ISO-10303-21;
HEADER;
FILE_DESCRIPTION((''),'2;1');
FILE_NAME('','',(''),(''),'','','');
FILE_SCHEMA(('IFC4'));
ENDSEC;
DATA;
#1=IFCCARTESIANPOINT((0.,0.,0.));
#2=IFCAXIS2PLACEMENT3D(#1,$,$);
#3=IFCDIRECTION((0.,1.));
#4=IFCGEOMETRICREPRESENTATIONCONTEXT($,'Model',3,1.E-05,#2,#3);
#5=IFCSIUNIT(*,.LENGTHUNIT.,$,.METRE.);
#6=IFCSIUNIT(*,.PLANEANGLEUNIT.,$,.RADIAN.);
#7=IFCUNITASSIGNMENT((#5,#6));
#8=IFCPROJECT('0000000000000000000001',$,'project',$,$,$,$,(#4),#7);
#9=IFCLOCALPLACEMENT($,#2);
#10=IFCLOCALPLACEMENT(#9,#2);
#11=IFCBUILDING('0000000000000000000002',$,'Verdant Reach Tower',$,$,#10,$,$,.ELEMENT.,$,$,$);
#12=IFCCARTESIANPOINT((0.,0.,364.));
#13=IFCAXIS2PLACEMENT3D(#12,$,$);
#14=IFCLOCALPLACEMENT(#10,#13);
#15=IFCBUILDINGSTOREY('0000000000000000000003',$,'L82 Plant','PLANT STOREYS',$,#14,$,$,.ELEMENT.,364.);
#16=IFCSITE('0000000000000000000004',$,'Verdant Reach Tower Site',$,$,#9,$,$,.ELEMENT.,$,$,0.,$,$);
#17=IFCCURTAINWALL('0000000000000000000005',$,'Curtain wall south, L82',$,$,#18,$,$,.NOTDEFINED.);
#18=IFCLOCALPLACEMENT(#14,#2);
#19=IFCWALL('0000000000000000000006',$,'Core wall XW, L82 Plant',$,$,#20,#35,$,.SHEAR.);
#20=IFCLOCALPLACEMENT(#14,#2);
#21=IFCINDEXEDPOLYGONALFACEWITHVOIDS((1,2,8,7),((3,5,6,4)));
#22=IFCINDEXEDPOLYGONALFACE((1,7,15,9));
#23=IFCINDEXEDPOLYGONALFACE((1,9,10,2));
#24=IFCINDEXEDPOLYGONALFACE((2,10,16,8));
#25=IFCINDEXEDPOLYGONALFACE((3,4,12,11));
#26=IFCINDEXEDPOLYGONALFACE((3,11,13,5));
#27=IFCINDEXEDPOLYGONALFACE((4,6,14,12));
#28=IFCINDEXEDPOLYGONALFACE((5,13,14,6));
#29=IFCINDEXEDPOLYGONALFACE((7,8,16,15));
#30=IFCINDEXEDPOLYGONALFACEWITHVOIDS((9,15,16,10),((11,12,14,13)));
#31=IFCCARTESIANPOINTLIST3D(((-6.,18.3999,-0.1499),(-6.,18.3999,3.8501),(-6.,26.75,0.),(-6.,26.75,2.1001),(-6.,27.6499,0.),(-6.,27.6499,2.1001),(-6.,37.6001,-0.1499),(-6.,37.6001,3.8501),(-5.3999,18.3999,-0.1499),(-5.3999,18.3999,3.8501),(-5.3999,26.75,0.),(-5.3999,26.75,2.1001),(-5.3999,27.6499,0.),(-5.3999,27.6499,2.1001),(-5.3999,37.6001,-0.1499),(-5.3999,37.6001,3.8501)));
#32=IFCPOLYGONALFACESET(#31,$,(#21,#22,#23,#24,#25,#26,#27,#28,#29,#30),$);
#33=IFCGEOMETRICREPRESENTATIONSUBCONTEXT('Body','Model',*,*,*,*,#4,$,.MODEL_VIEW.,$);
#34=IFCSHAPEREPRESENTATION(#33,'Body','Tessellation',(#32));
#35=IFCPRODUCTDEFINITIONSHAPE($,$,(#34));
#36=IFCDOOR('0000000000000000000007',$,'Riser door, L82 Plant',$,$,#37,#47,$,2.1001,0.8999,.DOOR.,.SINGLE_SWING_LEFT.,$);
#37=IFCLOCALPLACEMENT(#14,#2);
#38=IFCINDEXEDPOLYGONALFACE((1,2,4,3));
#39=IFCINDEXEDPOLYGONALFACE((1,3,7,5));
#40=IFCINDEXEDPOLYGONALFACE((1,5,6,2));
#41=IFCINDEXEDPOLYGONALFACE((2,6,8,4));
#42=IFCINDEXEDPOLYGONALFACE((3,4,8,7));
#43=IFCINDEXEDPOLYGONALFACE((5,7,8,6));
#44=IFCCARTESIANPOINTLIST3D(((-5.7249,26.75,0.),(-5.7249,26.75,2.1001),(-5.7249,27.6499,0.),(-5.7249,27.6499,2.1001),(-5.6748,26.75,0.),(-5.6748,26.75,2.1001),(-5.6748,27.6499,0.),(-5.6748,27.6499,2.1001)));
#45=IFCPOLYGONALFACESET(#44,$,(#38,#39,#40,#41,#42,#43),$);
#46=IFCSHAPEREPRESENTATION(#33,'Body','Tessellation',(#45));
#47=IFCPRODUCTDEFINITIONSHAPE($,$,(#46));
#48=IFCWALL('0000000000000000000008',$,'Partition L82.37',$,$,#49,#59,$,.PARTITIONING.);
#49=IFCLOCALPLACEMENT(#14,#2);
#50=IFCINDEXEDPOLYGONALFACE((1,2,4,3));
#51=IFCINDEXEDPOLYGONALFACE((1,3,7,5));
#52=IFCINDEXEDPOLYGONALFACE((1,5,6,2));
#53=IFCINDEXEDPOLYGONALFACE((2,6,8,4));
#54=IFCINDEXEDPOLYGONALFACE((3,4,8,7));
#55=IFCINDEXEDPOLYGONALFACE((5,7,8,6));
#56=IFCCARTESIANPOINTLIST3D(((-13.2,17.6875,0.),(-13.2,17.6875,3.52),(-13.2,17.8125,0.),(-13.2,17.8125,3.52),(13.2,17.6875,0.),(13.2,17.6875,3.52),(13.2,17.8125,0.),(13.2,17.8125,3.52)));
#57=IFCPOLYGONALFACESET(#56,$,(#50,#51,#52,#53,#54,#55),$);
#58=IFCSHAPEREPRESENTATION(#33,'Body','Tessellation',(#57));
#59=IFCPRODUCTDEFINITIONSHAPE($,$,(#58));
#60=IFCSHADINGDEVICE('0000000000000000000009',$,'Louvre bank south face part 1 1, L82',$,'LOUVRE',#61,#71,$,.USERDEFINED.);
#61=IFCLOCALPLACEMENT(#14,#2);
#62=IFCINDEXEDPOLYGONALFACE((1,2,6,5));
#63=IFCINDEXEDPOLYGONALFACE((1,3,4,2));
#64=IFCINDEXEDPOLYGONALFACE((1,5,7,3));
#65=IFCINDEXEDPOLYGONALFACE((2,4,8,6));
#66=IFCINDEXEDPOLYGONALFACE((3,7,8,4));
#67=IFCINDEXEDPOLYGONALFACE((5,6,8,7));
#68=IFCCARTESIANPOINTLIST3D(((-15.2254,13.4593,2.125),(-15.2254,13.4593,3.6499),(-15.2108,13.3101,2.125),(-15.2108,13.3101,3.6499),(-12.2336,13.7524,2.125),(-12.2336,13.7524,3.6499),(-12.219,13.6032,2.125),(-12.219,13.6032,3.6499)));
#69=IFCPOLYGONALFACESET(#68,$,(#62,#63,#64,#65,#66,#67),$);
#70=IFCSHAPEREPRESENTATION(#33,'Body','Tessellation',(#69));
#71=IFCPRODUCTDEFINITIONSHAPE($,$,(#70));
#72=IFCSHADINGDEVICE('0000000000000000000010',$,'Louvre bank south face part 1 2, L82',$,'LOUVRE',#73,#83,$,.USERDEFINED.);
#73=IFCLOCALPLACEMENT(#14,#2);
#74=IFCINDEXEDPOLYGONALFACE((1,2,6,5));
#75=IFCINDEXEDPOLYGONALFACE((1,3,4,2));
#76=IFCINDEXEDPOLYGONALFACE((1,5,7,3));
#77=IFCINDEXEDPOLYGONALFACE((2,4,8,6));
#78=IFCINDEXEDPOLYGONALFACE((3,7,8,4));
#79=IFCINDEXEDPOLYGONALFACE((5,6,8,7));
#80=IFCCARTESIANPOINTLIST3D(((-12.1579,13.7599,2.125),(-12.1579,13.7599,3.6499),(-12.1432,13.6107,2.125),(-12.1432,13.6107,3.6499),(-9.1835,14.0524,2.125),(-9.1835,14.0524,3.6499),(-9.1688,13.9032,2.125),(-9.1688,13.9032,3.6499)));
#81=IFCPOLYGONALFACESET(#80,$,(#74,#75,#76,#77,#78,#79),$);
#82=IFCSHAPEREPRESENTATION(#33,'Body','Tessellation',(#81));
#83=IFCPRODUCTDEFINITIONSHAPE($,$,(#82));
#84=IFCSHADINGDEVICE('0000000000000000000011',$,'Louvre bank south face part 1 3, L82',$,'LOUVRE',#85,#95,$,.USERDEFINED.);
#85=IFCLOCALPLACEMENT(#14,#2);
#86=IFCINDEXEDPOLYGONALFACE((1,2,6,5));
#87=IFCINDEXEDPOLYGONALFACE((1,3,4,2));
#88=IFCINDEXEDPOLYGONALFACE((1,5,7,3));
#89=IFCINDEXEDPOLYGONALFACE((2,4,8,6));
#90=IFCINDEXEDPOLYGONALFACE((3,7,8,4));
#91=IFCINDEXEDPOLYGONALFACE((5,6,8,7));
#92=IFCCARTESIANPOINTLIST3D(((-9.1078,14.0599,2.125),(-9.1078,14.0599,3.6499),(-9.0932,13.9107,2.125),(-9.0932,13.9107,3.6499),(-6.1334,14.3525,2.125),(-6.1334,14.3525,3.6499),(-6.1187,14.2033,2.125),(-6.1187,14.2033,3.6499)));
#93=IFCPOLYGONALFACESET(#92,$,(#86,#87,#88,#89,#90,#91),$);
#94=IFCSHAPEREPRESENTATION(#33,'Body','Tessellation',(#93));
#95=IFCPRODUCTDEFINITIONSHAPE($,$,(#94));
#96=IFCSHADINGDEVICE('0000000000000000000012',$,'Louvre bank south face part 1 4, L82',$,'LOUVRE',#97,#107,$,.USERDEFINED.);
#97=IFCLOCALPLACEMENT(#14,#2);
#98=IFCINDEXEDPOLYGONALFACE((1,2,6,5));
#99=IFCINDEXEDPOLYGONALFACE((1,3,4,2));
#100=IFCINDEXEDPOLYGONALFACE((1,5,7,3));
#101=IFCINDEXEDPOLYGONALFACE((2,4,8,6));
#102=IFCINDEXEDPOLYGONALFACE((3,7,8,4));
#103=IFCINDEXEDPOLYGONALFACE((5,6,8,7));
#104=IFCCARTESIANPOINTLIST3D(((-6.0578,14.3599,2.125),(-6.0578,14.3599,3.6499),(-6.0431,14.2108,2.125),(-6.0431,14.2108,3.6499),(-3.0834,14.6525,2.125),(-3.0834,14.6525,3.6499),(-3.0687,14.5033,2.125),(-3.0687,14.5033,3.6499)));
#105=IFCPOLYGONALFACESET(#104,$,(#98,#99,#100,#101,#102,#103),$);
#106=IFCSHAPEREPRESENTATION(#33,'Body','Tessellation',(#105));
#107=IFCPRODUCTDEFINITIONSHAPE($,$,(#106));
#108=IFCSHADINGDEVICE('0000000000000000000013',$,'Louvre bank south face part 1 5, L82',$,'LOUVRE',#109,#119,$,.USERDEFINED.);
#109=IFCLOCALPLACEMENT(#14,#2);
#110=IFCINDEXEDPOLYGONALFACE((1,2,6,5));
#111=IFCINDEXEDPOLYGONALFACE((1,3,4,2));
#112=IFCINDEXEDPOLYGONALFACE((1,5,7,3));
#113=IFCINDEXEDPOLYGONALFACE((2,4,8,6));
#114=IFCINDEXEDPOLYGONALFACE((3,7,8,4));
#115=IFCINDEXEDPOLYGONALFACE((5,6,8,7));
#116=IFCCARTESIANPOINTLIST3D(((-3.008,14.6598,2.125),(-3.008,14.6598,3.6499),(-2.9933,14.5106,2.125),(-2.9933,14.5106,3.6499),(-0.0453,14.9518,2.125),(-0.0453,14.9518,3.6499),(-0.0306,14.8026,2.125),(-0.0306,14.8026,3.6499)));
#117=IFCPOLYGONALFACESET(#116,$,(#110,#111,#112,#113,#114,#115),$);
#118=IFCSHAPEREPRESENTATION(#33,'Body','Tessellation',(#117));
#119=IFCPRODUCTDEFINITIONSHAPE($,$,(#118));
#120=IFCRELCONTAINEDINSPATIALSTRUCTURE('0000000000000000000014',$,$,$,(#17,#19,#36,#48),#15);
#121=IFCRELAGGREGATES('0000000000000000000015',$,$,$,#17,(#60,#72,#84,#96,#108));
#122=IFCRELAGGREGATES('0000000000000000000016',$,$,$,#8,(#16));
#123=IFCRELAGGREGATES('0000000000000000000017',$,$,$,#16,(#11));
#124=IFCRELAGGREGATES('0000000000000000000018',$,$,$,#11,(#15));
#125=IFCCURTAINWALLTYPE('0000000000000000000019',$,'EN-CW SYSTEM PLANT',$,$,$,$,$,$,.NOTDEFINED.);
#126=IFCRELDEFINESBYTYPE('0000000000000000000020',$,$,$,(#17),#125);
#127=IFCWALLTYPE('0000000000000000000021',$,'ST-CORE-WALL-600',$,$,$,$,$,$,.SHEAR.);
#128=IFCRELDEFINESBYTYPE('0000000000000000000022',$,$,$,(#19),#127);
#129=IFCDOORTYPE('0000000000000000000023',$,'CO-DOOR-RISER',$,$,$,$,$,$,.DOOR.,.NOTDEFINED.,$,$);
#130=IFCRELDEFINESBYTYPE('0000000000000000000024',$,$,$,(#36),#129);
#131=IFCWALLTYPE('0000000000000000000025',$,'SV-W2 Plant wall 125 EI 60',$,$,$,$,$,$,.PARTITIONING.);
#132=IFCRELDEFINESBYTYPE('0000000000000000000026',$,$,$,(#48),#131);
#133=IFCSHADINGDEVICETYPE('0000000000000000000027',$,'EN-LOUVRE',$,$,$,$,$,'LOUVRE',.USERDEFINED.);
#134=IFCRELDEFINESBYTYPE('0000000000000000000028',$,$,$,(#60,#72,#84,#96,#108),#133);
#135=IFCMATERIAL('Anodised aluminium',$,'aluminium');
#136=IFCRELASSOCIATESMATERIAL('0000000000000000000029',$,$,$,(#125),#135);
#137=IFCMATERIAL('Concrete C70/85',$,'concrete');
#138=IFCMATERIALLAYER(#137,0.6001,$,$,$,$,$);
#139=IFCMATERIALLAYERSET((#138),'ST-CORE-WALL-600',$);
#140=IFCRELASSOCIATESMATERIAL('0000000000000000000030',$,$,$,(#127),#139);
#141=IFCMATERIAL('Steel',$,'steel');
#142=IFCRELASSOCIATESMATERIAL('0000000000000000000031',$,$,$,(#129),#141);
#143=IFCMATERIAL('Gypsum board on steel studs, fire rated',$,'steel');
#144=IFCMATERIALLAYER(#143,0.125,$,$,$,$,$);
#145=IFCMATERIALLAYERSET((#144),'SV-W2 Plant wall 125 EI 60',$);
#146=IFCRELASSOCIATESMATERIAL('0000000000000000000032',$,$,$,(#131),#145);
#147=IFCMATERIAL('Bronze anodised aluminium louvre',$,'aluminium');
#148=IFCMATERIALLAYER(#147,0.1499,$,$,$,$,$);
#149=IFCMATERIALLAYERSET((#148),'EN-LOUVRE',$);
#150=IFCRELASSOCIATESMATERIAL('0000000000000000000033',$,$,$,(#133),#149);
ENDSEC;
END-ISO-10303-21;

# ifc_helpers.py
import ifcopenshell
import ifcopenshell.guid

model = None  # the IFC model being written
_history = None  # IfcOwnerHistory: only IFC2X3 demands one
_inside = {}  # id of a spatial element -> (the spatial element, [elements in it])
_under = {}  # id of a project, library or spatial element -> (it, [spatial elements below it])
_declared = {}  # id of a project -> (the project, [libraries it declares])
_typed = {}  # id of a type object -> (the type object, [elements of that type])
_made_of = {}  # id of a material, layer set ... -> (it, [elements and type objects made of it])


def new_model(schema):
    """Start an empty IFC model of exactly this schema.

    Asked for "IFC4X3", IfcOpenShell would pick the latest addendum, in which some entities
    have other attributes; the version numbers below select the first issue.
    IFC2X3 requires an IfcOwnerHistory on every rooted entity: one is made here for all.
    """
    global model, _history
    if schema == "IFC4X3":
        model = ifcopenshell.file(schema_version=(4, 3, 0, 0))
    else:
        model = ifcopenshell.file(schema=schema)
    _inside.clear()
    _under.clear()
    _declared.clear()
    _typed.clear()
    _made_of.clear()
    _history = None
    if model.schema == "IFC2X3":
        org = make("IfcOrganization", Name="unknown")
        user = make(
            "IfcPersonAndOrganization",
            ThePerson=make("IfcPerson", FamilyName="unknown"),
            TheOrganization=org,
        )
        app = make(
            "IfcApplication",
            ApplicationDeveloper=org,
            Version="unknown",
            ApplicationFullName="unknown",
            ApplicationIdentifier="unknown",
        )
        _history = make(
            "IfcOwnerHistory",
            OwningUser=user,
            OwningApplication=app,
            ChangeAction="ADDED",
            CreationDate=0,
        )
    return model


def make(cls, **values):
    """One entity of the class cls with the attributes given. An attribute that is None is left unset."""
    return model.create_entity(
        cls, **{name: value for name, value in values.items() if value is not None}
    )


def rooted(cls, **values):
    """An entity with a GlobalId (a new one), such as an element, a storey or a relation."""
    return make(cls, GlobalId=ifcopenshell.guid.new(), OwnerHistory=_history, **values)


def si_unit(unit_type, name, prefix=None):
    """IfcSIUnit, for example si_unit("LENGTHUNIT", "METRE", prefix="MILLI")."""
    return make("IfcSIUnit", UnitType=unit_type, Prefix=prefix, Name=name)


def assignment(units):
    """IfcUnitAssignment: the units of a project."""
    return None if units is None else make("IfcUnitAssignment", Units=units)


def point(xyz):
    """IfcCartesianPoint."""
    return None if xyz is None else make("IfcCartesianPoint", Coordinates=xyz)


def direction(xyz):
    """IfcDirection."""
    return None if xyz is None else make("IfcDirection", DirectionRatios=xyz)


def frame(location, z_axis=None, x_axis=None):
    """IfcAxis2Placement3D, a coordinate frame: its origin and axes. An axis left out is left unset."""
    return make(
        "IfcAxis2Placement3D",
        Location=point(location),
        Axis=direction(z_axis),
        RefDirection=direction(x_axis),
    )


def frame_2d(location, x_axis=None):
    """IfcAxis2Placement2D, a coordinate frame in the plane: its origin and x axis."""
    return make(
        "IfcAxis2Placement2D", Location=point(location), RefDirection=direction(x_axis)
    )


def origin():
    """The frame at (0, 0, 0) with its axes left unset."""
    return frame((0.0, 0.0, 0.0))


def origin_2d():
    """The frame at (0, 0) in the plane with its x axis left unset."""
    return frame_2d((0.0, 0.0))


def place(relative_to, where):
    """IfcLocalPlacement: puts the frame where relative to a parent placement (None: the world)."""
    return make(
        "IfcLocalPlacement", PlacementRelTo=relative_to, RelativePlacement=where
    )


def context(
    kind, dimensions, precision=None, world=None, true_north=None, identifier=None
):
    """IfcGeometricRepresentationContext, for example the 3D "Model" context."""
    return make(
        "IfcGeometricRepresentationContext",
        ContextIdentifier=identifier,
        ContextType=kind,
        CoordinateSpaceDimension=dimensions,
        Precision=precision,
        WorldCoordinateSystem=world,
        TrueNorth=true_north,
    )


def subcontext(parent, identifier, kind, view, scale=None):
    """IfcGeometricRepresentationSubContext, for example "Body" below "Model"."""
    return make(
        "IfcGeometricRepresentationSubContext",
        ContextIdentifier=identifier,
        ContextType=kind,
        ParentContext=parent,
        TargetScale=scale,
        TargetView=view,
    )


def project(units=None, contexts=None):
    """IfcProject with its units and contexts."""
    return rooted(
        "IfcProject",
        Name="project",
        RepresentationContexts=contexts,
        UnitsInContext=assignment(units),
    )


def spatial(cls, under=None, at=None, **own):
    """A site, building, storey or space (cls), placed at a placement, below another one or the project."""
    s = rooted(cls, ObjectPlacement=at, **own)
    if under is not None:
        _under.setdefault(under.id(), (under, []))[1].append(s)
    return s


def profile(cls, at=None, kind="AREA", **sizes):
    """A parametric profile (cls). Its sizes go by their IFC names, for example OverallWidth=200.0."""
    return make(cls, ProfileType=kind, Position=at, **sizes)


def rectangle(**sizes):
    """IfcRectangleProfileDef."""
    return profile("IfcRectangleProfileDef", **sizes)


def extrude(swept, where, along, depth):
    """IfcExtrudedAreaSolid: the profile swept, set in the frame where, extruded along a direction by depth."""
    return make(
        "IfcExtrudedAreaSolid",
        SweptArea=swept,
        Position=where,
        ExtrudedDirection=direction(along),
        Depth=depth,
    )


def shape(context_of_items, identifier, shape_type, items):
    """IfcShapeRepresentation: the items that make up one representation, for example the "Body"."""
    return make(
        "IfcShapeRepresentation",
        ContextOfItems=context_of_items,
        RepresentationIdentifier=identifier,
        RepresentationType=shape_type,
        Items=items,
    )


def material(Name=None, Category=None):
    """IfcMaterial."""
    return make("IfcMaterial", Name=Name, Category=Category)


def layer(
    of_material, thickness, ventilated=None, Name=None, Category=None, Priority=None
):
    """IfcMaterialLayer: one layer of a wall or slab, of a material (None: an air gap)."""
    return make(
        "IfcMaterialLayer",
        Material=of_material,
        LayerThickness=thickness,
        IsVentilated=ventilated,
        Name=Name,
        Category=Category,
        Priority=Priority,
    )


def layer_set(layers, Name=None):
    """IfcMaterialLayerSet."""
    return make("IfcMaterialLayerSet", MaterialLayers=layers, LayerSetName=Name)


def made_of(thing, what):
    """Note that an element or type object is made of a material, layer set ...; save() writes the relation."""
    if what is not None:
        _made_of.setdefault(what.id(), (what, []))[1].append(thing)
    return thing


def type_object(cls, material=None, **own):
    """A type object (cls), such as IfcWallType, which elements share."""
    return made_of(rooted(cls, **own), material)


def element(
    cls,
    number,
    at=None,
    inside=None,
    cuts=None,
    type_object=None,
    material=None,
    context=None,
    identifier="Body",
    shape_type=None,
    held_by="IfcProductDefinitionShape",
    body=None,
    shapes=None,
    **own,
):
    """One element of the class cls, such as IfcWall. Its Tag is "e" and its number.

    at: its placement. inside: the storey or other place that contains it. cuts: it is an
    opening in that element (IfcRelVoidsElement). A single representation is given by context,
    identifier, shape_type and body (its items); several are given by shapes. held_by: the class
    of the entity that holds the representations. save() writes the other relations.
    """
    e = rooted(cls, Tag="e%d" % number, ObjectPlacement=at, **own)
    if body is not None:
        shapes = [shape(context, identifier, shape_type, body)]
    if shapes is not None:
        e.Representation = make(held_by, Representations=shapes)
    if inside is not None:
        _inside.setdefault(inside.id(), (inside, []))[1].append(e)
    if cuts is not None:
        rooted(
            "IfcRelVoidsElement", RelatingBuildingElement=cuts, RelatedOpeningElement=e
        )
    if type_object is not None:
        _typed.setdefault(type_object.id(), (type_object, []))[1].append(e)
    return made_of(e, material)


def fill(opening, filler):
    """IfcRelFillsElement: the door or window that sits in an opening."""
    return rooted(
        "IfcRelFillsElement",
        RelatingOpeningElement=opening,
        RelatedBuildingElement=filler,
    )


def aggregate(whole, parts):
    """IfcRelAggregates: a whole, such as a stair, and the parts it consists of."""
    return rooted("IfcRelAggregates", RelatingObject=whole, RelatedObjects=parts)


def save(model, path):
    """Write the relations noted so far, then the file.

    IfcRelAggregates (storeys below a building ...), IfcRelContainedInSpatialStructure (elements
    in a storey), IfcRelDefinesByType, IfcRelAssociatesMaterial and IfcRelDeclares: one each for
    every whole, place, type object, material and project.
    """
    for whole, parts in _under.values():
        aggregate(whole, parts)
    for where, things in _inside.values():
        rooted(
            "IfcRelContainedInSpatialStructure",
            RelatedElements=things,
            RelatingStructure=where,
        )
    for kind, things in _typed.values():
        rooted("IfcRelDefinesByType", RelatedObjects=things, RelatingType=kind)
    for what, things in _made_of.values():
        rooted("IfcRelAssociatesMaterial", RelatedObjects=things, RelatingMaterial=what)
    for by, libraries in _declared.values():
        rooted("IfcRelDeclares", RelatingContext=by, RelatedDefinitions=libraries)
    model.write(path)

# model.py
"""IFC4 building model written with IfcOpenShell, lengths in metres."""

from ifc_helpers import new_model, si_unit, direction, frame, frame_2d, origin, origin_2d, place, context, subcontext, project, spatial, rectangle, extrude, material, layer, layer_set, type_object, element, fill, aggregate, save


model = new_model("IFC4")

# Units and contexts
model_context = context("Model", 3, precision=1e-05, world=origin(), true_north=direction((0.0, 1.0)))
body_context = subcontext(model_context, "Body", "Model", "MODEL_VIEW")
ifc_project = project(units=[si_unit("LENGTHUNIT", "METRE"), si_unit("PLANEANGLEUNIT", "RADIAN")], contexts=[model_context])

# Site, building, storey
site_placement = place(None, origin())
site = spatial("IfcSite", under=ifc_project, at=site_placement, Name="Verdant Reach Tower Site", CompositionType="ELEMENT", RefElevation=0.0)
building_placement = place(site_placement, origin())
building = spatial("IfcBuilding", under=site, at=building_placement, Name="Verdant Reach Tower", CompositionType="ELEMENT")
storey_placement = place(building_placement, frame((0.0, 0.0, 364.0)))
storey = spatial("IfcBuildingStorey", under=building, at=storey_placement, Name="L82 Plant", Description="PLANT STOREYS", CompositionType="ELEMENT", Elevation=364.0)

# Curtain wall
ifc_material_1 = material(Name="Anodised aluminium", Category="aluminium")
curtain_wall_type = type_object("IfcCurtainWallType", Name="EN-CW SYSTEM PLANT", PredefinedType="NOTDEFINED", material=ifc_material_1)
curtain_wall_placement = place(storey_placement, origin())
curtain_wall = element("IfcCurtainWall", 1, at=curtain_wall_placement, inside=storey, type_object=curtain_wall_type, Name="Curtain wall south, L82", PredefinedType="NOTDEFINED")

# Shared definitions
ifc_material_2 = material(Name="Concrete C70/85", Category="concrete")
ifc_layer_1 = layer(ifc_material_2, 0.6001)
ifc_layer_set_1 = layer_set([ifc_layer_1], Name="ST-CORE-WALL-600")
wall_type_1 = type_object("IfcWallType", Name="ST-CORE-WALL-600", PredefinedType="SHEAR", material=ifc_layer_set_1)

# Shared definitions
ifc_material_3 = material(Name="Steel", Category="steel")

# Wall, opening, door
wall_1_placement = place(storey_placement, frame((-5.7, 18.3999, -0.1499), z_axis=(0.0, 0.0, 1.0), x_axis=(0.0, 1.0, 0.0)))
wall_1 = element("IfcWall", 2, at=wall_1_placement, inside=storey, type_object=wall_type_1, Name="Core wall XW, L82 Plant", PredefinedType="SHEAR", context=body_context, shape_type="SweptSolid", body=[
    extrude(rectangle(XDim=19.2002, YDim=0.6001, at=frame_2d((9.6001, 0.0))), origin(), (0.0, 0.0, 1.0), 4.0),
])
opening_1_placement = place(wall_1_placement, frame((8.3501, 0.0, 0.1499)))
opening_1 = element("IfcOpeningElement", 3, at=opening_1_placement, cuts=wall_1, PredefinedType="OPENING", context=body_context, shape_type="SweptSolid", body=[
    extrude(rectangle(XDim=0.8999, YDim=2.1001, at=frame_2d((0.45, 1.05))), frame((0.0, 0.3101, 0.0), z_axis=(0.0, -1.0, 0.0), x_axis=(1.0, 0.0, 0.0)), (0.0, 0.0, 1.0), 0.6201),
])
door_type_1 = type_object("IfcDoorType", Name="CO-DOOR-RISER", OperationType="NOTDEFINED", PredefinedType="DOOR", material=ifc_material_3)
door_1_placement = place(opening_1_placement, origin())
door_1 = element("IfcDoor", 4, at=door_1_placement, inside=storey, type_object=door_type_1, Name="Riser door, L82 Plant", OperationType="SINGLE_SWING_LEFT", OverallHeight=2.1001, OverallWidth=0.8999, PredefinedType="DOOR", context=body_context, shape_type="SweptSolid", body=[
    extrude(rectangle(XDim=0.8999, YDim=2.1001, at=frame_2d((0.45, 1.05))), frame((0.0, 0.0249, 0.0), z_axis=(0.0, -1.0, 0.0), x_axis=(1.0, 0.0, 0.0)), (0.0, 0.0, 1.0), 0.05),
])
fill(opening_1, door_1)

# Wall
ifc_material_4 = material(Name="Gypsum board on steel studs, fire rated", Category="steel")
ifc_layer_2 = layer(ifc_material_4, 0.125)
ifc_layer_set_2 = layer_set([ifc_layer_2], Name="SV-W2 Plant wall 125 EI 60")
wall_type_2 = type_object("IfcWallType", Name="SV-W2 Plant wall 125 EI 60", PredefinedType="PARTITIONING", material=ifc_layer_set_2)
wall_2_placement = place(storey_placement, frame((-13.2, 17.75, 0.0), z_axis=(0.0, 0.0, 1.0), x_axis=(1.0, 0.0, 0.0)))
element("IfcWall", 5, at=wall_2_placement, inside=storey, type_object=wall_type_2, Name="Partition L82.37", PredefinedType="PARTITIONING", context=body_context, shape_type="SweptSolid", body=[
    extrude(rectangle(XDim=26.3999, YDim=0.125, at=frame_2d((13.2, 0.0))), origin(), (0.0, 0.0, 1.0), 3.52),
])

# Shading devices
ifc_material_5 = material(Name="Bronze anodised aluminium louvre", Category="aluminium")
ifc_layer_3 = layer(ifc_material_5, 0.1499)
ifc_layer_set_3 = layer_set([ifc_layer_3], Name="EN-LOUVRE")
shading_device_type = type_object("IfcShadingDeviceType", Name="EN-LOUVRE", ElementType="LOUVRE", PredefinedType="USERDEFINED", material=ifc_layer_set_3)
shading_device_1_placement = place(storey_placement, frame((-13.7222, 13.5312, 2.125), z_axis=(0.0, 0.0, 1.0), x_axis=(0.995238, 0.097473, 0.0)))
shading_device_1 = element("IfcShadingDevice", 6, at=shading_device_1_placement, type_object=shading_device_type, Name="Louvre bank south face part 1 1, L82", ObjectType="LOUVRE", PredefinedType="USERDEFINED", context=body_context, shape_type="SweptSolid", body=[
    extrude(rectangle(XDim=3.0061, YDim=0.1499, at=origin_2d()), origin(), (0.0, 0.0, 1.0), 1.5249),
])
shading_device_2_placement = place(storey_placement, frame((-10.6633, 13.8315, 2.125), z_axis=(0.0, 0.0, 1.0), x_axis=(0.995197, 0.097888, 0.0)))
shading_device_2 = element("IfcShadingDevice", 7, at=shading_device_2_placement, type_object=shading_device_type, Name="Louvre bank south face part 1 2, L82", ObjectType="LOUVRE", PredefinedType="USERDEFINED", context=body_context, shape_type="SweptSolid", body=[
    extrude(rectangle(XDim=2.9888, YDim=0.1499, at=origin_2d()), origin(), (0.0, 0.0, 1.0), 1.5249),
])
shading_device_3_placement = place(storey_placement, frame((-7.6133, 14.1316, 2.125), z_axis=(0.0, 0.0, 1.0), x_axis=(0.995197, 0.097888, 0.0)))
shading_device_3 = element("IfcShadingDevice", 8, at=shading_device_3_placement, type_object=shading_device_type, Name="Louvre bank south face part 1 3, L82", ObjectType="LOUVRE", PredefinedType="USERDEFINED", context=body_context, shape_type="SweptSolid", body=[
    extrude(rectangle(XDim=2.9888, YDim=0.1499, at=origin_2d()), origin(), (0.0, 0.0, 1.0), 1.5249),
])
shading_device_4_placement = place(storey_placement, frame((-4.5632, 14.4316, 2.125), z_axis=(0.0, 0.0, 1.0), x_axis=(0.995197, 0.097888, 0.0)))
shading_device_4 = element("IfcShadingDevice", 9, at=shading_device_4_placement, type_object=shading_device_type, Name="Louvre bank south face part 1 4, L82", ObjectType="LOUVRE", PredefinedType="USERDEFINED", context=body_context, shape_type="SweptSolid", body=[
    extrude(rectangle(XDim=2.9888, YDim=0.1499, at=origin_2d()), origin(), (0.0, 0.0, 1.0), 1.5249),
])
shading_device_5_placement = place(storey_placement, frame((-1.5193, 14.7312, 2.125), z_axis=(0.0, 0.0, 1.0), x_axis=(0.995179, 0.098075, 0.0)))
shading_device_5 = element("IfcShadingDevice", 10, at=shading_device_5_placement, type_object=shading_device_type, Name="Louvre bank south face part 1 5, L82", ObjectType="LOUVRE", PredefinedType="USERDEFINED", context=body_context, shape_type="SweptSolid", body=[
    extrude(rectangle(XDim=2.9771, YDim=0.1499, at=origin_2d()), origin(), (0.0, 0.0, 1.0), 1.5249),
])
aggregate(curtain_wall, [shading_device_1, shading_device_2, shading_device_3, shading_device_4, shading_device_5])

save(model, "model.ifc")
